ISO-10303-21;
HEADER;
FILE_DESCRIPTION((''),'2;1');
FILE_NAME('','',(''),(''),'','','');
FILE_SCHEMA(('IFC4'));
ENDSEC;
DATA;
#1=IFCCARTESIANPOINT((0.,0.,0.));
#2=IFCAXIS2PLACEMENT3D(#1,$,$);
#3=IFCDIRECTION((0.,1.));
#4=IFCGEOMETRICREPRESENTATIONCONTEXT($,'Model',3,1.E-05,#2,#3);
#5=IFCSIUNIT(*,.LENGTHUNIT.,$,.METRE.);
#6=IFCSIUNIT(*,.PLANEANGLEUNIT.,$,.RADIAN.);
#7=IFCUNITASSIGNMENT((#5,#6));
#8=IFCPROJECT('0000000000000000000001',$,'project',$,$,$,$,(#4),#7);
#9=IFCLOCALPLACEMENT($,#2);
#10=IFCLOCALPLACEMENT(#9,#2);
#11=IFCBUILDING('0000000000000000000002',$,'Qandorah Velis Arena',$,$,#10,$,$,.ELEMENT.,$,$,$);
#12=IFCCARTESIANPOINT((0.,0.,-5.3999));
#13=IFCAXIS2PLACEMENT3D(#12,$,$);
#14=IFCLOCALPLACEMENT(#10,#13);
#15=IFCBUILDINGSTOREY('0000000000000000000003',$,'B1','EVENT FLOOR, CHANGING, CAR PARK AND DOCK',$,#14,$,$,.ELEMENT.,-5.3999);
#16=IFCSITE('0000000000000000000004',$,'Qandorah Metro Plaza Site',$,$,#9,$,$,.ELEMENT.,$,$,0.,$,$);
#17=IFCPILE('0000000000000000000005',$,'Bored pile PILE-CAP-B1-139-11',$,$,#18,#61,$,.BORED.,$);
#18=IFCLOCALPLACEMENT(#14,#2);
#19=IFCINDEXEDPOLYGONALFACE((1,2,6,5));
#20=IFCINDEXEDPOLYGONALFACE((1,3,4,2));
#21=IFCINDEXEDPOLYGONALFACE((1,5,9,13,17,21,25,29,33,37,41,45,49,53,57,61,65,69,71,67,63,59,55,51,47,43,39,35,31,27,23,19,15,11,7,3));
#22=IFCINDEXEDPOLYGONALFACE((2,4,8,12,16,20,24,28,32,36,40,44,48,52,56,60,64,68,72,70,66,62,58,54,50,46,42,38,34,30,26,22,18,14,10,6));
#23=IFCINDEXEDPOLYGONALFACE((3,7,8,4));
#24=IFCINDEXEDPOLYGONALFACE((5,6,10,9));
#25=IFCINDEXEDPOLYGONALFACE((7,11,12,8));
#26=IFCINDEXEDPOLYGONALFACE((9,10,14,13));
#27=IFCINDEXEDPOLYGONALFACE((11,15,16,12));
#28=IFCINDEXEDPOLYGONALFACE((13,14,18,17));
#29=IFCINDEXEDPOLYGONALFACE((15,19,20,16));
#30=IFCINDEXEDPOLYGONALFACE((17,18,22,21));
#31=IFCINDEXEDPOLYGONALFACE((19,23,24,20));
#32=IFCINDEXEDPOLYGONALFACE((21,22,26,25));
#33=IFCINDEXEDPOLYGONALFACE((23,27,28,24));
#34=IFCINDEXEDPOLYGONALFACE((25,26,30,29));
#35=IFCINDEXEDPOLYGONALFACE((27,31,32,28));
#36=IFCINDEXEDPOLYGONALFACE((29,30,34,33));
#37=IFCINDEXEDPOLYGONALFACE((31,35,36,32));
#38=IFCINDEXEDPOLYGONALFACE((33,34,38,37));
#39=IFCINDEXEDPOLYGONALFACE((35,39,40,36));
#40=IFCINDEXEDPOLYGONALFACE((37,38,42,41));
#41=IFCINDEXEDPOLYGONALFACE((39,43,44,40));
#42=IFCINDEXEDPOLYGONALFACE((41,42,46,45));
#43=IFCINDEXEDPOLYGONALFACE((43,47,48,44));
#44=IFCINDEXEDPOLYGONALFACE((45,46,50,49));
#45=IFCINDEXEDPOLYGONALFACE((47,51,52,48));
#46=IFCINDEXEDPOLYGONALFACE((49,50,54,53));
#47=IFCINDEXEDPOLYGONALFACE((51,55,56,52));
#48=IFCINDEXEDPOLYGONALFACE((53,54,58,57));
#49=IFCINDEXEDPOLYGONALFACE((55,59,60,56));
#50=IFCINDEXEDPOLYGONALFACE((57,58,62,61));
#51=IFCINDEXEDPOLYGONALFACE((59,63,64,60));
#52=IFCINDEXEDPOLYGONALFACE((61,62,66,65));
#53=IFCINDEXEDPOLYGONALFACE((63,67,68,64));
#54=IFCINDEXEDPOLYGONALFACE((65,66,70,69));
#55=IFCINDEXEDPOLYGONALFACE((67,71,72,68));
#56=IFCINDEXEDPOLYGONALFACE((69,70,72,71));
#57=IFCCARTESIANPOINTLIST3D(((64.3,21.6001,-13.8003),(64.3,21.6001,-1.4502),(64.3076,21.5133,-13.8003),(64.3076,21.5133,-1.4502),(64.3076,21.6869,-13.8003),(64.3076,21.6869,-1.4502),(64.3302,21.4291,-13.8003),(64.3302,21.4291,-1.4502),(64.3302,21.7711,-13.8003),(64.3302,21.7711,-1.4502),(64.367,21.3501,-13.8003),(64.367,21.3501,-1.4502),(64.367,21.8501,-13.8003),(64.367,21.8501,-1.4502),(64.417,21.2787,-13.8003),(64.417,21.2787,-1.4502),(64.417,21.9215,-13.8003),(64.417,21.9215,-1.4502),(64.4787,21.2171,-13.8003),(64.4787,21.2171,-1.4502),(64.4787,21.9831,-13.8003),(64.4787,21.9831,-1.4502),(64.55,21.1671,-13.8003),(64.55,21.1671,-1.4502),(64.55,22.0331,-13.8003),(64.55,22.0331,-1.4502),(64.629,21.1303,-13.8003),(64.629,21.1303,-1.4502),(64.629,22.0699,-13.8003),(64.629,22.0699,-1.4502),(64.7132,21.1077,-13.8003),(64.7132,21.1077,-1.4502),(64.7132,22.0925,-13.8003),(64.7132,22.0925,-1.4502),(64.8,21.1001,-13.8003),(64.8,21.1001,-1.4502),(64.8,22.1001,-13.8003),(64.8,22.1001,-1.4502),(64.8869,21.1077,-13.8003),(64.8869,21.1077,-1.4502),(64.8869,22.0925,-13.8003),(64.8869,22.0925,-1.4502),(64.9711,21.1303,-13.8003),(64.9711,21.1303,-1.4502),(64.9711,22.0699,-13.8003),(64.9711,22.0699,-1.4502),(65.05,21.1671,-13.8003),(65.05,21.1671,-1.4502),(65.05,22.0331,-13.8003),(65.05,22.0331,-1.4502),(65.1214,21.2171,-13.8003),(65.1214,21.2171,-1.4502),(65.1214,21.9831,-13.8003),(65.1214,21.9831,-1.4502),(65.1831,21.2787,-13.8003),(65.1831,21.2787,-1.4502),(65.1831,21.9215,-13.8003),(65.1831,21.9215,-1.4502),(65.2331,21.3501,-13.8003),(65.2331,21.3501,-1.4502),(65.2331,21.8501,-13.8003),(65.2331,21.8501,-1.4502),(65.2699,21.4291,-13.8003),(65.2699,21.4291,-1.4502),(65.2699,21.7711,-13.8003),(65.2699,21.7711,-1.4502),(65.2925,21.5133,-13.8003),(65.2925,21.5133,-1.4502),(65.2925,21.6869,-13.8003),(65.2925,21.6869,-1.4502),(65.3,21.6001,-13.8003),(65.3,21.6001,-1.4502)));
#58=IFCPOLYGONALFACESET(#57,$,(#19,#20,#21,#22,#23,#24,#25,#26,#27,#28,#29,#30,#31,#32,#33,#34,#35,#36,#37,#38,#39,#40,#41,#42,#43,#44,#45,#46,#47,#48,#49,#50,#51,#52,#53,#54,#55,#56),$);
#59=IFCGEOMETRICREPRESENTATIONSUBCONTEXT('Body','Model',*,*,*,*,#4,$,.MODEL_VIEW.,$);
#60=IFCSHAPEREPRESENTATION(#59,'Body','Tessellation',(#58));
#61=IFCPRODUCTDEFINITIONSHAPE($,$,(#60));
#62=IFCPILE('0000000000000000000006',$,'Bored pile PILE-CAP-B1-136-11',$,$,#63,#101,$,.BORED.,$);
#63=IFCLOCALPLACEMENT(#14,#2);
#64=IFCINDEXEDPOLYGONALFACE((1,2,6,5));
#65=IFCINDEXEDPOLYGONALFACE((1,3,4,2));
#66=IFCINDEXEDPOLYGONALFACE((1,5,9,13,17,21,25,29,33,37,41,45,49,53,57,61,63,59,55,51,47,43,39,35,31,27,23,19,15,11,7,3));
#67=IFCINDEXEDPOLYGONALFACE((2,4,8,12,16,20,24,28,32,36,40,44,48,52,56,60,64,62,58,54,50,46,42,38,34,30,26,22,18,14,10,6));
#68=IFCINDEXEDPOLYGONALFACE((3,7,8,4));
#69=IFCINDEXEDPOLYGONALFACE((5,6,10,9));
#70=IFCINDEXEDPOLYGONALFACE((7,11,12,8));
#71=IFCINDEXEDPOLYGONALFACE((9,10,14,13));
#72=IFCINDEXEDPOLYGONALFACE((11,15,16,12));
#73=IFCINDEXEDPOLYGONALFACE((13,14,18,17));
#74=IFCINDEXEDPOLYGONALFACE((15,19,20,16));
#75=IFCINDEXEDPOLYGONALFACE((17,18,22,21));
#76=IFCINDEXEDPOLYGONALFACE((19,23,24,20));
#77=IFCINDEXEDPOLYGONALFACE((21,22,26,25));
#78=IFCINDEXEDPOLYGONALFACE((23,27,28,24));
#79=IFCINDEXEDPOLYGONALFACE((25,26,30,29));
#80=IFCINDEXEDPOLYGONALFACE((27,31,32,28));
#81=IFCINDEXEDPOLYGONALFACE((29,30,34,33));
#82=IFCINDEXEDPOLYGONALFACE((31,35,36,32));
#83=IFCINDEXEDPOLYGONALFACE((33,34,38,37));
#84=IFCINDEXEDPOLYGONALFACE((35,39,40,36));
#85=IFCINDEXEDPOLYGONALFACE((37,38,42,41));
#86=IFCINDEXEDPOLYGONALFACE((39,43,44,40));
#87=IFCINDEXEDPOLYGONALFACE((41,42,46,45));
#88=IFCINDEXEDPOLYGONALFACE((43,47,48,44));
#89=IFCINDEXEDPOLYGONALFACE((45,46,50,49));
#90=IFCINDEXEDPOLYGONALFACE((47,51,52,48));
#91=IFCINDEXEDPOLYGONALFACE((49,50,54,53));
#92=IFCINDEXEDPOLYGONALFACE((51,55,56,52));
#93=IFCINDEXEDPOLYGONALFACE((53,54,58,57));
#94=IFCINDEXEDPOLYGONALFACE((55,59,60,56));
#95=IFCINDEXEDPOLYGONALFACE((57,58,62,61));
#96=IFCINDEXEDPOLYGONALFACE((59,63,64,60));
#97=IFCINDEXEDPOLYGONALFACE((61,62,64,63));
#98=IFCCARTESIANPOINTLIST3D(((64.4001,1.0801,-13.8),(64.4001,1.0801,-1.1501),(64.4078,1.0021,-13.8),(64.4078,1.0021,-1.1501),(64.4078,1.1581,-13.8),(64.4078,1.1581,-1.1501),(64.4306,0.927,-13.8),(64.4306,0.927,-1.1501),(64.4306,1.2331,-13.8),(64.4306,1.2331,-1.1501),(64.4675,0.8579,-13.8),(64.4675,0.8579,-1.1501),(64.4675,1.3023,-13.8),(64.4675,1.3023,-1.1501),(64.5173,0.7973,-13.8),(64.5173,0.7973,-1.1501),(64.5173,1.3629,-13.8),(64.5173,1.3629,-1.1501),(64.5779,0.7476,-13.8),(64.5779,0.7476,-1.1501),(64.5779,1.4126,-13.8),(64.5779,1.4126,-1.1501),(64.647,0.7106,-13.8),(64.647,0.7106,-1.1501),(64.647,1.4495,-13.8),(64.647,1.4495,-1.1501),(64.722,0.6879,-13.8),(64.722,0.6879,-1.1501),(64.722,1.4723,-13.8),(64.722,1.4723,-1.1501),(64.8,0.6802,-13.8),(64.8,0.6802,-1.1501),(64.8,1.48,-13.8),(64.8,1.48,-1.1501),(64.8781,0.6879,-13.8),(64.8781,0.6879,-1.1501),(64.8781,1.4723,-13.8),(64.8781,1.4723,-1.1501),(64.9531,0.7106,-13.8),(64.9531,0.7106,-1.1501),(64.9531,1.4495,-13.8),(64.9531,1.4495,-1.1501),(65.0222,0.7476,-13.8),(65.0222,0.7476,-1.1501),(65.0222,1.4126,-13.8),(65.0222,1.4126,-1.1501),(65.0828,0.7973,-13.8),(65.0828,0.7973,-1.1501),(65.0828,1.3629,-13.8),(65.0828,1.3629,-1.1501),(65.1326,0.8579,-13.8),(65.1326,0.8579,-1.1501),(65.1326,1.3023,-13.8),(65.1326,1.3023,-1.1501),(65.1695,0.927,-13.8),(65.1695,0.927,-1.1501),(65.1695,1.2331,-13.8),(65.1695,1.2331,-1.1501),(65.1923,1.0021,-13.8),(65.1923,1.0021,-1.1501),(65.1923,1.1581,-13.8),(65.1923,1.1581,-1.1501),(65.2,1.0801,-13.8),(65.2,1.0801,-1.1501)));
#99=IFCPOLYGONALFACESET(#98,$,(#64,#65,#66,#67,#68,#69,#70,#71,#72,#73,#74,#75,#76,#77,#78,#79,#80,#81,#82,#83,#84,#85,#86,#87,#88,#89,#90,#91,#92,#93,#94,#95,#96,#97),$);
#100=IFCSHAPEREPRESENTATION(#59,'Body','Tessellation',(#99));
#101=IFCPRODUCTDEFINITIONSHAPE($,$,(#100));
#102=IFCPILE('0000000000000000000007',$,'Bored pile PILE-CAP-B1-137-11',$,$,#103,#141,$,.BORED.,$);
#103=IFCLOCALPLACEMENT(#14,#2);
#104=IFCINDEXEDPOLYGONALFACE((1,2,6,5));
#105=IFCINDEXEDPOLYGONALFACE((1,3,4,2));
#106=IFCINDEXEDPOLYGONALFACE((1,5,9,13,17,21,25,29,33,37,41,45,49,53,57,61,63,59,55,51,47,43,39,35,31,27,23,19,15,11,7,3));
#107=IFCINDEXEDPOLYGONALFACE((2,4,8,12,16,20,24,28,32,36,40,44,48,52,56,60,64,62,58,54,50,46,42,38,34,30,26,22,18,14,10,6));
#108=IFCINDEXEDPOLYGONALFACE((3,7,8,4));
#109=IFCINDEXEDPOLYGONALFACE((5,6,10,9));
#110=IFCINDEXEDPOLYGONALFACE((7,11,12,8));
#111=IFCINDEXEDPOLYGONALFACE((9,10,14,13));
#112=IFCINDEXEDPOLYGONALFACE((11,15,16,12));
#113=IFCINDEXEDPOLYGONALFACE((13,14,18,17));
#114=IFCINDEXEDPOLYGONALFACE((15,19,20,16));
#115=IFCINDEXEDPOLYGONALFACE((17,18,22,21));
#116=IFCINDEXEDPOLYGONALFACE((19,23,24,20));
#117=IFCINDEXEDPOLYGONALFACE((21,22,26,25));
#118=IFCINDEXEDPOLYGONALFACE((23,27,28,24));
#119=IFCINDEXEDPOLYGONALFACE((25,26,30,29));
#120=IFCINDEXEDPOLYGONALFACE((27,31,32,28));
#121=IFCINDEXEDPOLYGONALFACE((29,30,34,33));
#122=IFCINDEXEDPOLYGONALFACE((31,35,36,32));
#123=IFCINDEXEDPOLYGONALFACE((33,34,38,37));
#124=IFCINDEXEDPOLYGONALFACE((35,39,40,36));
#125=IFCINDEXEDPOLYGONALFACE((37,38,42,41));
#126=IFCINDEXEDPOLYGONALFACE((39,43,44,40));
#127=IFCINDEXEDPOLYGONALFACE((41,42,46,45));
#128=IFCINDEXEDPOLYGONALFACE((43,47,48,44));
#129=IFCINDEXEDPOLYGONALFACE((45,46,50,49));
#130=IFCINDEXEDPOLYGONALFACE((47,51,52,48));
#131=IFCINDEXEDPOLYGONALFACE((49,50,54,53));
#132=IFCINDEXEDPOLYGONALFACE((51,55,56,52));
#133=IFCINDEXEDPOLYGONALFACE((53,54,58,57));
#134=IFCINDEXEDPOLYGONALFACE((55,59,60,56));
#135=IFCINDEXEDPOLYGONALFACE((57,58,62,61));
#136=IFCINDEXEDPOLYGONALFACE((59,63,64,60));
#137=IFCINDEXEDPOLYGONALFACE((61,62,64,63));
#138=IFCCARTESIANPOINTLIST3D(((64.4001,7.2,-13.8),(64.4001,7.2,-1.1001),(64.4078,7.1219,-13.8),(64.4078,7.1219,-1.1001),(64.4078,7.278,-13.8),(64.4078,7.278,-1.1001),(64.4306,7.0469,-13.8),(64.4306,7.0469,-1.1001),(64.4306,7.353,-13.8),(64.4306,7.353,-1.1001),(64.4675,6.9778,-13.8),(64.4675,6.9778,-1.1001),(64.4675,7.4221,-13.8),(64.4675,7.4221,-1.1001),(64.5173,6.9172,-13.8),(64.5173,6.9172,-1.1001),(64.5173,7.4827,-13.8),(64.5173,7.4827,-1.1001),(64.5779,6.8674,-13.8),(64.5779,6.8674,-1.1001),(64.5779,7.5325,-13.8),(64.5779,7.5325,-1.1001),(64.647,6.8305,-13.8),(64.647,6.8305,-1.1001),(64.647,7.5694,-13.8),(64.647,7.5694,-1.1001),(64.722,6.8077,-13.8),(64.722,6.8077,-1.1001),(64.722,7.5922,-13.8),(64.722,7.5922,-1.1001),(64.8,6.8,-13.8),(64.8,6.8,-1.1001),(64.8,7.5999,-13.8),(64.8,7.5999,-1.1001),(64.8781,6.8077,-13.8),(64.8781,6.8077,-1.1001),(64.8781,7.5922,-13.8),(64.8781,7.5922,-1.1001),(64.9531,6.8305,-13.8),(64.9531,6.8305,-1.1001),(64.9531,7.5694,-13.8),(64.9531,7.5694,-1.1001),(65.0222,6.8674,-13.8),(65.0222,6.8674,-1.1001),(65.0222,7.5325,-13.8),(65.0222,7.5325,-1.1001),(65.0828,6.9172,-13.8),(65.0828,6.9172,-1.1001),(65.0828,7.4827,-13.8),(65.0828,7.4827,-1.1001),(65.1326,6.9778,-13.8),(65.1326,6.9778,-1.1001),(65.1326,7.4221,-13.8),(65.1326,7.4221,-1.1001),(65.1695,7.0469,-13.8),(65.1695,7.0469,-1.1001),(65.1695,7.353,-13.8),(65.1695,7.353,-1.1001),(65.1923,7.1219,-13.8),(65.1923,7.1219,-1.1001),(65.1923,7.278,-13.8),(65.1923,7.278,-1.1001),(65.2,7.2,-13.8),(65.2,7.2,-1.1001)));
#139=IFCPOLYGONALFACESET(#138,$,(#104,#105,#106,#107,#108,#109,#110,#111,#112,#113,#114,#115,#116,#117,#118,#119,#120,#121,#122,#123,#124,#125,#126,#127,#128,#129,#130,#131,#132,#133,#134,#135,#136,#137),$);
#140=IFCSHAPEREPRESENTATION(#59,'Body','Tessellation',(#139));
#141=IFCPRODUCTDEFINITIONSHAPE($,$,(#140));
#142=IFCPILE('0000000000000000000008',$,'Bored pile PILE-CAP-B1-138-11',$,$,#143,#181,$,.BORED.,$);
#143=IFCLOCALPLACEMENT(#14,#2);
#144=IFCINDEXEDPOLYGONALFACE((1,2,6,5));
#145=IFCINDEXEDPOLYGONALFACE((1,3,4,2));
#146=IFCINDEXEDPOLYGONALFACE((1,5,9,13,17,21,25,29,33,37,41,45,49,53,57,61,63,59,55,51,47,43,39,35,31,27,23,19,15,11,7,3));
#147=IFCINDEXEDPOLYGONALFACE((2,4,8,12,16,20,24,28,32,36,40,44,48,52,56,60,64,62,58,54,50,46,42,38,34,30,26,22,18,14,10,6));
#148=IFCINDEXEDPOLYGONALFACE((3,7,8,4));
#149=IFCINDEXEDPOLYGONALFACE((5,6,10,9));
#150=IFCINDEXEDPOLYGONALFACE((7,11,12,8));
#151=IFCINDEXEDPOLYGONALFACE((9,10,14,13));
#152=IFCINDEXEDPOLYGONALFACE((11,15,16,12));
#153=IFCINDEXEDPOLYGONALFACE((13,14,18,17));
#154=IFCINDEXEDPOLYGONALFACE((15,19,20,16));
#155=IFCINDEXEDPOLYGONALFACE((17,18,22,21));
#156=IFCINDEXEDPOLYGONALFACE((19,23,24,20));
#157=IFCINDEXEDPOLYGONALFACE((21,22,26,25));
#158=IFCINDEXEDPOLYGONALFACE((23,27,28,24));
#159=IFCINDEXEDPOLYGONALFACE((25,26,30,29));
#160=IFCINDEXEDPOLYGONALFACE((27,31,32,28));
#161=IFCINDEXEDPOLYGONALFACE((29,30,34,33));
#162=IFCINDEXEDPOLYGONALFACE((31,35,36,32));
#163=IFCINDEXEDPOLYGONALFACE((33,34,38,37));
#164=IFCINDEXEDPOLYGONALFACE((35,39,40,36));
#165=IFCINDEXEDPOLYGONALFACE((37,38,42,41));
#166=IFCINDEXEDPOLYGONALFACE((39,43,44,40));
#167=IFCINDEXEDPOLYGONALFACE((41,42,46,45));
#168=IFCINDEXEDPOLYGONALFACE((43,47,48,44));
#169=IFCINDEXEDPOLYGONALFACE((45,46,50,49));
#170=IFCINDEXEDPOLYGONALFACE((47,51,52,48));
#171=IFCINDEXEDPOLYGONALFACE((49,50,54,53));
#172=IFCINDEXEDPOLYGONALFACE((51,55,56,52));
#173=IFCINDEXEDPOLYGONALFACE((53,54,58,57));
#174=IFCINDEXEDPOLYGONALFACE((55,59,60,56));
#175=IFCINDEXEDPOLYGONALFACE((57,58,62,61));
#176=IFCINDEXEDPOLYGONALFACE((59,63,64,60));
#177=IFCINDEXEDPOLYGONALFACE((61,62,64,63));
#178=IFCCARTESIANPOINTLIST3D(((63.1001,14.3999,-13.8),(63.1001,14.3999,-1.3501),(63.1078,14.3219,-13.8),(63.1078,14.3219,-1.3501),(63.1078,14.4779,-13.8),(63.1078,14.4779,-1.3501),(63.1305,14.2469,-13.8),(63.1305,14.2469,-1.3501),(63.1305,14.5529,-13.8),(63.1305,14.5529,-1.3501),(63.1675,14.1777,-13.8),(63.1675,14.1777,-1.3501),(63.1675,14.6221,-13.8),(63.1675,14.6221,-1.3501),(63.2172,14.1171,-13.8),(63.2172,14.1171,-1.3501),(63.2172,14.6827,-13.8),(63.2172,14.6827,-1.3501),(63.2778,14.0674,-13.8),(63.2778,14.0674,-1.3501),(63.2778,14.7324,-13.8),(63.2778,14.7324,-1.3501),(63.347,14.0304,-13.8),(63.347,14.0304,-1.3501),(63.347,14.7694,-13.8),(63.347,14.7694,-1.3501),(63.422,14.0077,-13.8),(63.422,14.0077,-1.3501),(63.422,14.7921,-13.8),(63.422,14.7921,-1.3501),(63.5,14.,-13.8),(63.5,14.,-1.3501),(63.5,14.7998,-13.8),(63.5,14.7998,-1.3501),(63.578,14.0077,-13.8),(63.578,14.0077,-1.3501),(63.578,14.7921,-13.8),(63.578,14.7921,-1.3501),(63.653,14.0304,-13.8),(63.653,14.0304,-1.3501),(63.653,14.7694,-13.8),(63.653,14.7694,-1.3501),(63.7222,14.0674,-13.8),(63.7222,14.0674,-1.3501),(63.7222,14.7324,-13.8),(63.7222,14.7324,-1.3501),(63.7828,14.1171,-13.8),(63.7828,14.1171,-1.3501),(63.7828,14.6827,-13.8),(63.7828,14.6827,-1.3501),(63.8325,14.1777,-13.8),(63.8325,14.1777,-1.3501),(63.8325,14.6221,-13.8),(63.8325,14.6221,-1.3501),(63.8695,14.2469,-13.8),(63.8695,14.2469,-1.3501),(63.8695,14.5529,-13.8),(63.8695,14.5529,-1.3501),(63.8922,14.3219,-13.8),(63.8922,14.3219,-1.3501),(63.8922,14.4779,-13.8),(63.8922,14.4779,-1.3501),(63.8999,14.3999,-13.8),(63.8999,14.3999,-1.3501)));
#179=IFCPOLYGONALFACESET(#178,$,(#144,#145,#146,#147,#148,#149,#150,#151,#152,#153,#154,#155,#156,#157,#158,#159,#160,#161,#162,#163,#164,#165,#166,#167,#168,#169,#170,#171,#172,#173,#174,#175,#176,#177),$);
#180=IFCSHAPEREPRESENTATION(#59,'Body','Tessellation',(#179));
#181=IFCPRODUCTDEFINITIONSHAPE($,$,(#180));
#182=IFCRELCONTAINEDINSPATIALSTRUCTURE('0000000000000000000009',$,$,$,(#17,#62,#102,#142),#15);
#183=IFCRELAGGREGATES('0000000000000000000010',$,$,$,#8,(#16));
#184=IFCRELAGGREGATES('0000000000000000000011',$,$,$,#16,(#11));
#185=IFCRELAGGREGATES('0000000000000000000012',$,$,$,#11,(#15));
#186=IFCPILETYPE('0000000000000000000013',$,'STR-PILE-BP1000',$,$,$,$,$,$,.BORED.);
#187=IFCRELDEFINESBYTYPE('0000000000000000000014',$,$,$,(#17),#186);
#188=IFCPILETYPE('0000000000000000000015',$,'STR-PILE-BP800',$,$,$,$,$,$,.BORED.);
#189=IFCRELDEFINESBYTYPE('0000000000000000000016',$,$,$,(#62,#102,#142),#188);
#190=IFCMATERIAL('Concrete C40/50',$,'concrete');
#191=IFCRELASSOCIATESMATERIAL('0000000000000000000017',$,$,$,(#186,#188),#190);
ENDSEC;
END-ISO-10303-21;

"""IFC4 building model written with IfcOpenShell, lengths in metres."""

from ifc_helpers import new_model, si_unit, direction, frame, origin, origin_2d, place, context, subcontext, project, spatial, circle, extrude, material, material_profile, profile_set, type_object, element, save


model = new_model("IFC4")

# Units and contexts
model_context = context("Model", 3, precision=1e-05, world=origin(), true_north=direction((0.0, 1.0)))
body_context = subcontext(model_context, "Body", "Model", "MODEL_VIEW")
ifc_project = project(units=[si_unit("LENGTHUNIT", "METRE"), si_unit("PLANEANGLEUNIT", "RADIAN")], contexts=[model_context])

# Site, building, storey
site_placement = place(None, origin())
site = spatial("IfcSite", under=ifc_project, at=site_placement, Name="Qandorah Metro Plaza Site", CompositionType="ELEMENT", RefElevation=0.0)
building_placement = place(site_placement, origin())
building = spatial("IfcBuilding", under=site, at=building_placement, Name="Qandorah Velis Arena", CompositionType="ELEMENT")
storey_placement = place(building_placement, frame((0.0, 0.0, -5.3999)))
storey = spatial("IfcBuildingStorey", under=building, at=storey_placement, Name="B1", Description="EVENT FLOOR, CHANGING, CAR PARK AND DOCK", CompositionType="ELEMENT", Elevation=-5.3999)

# Shared definitions
ifc_material_1 = material(Name="Concrete C40/50", Category="concrete")

# Piles
ifc_material_profile_1 = material_profile(ifc_material_1, circle(Radius=0.5, at=origin_2d()), Name="BORED PILE D1000")
ifc_profile_set_1 = profile_set([ifc_material_profile_1], Name="Concrete C40/50")
pile_type_1 = type_object("IfcPileType", Name="STR-PILE-BP1000", PredefinedType="BORED", material=ifc_profile_set_1)
pile_1_placement = place(storey_placement, frame((64.8, 21.6001, -1.4502), z_axis=(0.0, 0.0, -1.0), x_axis=(1.0, 0.0, 0.0)))
element("IfcPile", 1, at=pile_1_placement, inside=storey, type_object=pile_type_1, Name="Bored pile PILE-CAP-B1-139-11", PredefinedType="BORED", context=body_context, shape_type="SweptSolid", body=[
    extrude(circle(Radius=0.5, at=origin_2d()), origin(), (0.0, 0.0, 1.0), 12.3501),
])
ifc_material_profile_2 = material_profile(ifc_material_1, circle(Radius=0.3999, at=origin_2d()), Name="BORED PILE D800")
ifc_profile_set_2 = profile_set([ifc_material_profile_2], Name="Concrete C40/50")
pile_type_2 = type_object("IfcPileType", Name="STR-PILE-BP800", PredefinedType="BORED", material=ifc_profile_set_2)
pile_2_placement = place(storey_placement, frame((64.8, 1.0801, -1.1501), z_axis=(0.0, 0.0, -1.0), x_axis=(1.0, 0.0, 0.0)))
element("IfcPile", 2, at=pile_2_placement, inside=storey, type_object=pile_type_2, Name="Bored pile PILE-CAP-B1-136-11", PredefinedType="BORED", context=body_context, shape_type="SweptSolid", body=[
    extrude(circle(Radius=0.3999, at=origin_2d()), origin(), (0.0, 0.0, 1.0), 12.6499),
])
pile_3_placement = place(storey_placement, frame((64.8, 7.2, -1.1001), z_axis=(0.0, 0.0, -1.0), x_axis=(1.0, 0.0, 0.0)))
element("IfcPile", 3, at=pile_3_placement, inside=storey, type_object=pile_type_2, Name="Bored pile PILE-CAP-B1-137-11", PredefinedType="BORED", context=body_context, shape_type="SweptSolid", body=[
    extrude(circle(Radius=0.3999, at=origin_2d()), origin(), (0.0, 0.0, 1.0), 12.7),
])
for number, where, z_axis, x_axis, name in (
    (4, (63.5, 14.3999, -1.3501), (0.0, 0.0, -1.0), (1.0, 0.0, 0.0), "Bored pile PILE-CAP-B1-138-11"),
):
    element("IfcPile", number, at=place(storey_placement, frame(where, z_axis=z_axis, x_axis=x_axis)), inside=storey, type_object=pile_type_2, Name=name, PredefinedType="BORED", context=body_context, shape_type="SweptSolid", body=[
        extrude(circle(Radius=0.3999, at=origin_2d()), origin(), (0.0, 0.0, 1.0), 12.45),
    ])

save(model, "model.ifc")
